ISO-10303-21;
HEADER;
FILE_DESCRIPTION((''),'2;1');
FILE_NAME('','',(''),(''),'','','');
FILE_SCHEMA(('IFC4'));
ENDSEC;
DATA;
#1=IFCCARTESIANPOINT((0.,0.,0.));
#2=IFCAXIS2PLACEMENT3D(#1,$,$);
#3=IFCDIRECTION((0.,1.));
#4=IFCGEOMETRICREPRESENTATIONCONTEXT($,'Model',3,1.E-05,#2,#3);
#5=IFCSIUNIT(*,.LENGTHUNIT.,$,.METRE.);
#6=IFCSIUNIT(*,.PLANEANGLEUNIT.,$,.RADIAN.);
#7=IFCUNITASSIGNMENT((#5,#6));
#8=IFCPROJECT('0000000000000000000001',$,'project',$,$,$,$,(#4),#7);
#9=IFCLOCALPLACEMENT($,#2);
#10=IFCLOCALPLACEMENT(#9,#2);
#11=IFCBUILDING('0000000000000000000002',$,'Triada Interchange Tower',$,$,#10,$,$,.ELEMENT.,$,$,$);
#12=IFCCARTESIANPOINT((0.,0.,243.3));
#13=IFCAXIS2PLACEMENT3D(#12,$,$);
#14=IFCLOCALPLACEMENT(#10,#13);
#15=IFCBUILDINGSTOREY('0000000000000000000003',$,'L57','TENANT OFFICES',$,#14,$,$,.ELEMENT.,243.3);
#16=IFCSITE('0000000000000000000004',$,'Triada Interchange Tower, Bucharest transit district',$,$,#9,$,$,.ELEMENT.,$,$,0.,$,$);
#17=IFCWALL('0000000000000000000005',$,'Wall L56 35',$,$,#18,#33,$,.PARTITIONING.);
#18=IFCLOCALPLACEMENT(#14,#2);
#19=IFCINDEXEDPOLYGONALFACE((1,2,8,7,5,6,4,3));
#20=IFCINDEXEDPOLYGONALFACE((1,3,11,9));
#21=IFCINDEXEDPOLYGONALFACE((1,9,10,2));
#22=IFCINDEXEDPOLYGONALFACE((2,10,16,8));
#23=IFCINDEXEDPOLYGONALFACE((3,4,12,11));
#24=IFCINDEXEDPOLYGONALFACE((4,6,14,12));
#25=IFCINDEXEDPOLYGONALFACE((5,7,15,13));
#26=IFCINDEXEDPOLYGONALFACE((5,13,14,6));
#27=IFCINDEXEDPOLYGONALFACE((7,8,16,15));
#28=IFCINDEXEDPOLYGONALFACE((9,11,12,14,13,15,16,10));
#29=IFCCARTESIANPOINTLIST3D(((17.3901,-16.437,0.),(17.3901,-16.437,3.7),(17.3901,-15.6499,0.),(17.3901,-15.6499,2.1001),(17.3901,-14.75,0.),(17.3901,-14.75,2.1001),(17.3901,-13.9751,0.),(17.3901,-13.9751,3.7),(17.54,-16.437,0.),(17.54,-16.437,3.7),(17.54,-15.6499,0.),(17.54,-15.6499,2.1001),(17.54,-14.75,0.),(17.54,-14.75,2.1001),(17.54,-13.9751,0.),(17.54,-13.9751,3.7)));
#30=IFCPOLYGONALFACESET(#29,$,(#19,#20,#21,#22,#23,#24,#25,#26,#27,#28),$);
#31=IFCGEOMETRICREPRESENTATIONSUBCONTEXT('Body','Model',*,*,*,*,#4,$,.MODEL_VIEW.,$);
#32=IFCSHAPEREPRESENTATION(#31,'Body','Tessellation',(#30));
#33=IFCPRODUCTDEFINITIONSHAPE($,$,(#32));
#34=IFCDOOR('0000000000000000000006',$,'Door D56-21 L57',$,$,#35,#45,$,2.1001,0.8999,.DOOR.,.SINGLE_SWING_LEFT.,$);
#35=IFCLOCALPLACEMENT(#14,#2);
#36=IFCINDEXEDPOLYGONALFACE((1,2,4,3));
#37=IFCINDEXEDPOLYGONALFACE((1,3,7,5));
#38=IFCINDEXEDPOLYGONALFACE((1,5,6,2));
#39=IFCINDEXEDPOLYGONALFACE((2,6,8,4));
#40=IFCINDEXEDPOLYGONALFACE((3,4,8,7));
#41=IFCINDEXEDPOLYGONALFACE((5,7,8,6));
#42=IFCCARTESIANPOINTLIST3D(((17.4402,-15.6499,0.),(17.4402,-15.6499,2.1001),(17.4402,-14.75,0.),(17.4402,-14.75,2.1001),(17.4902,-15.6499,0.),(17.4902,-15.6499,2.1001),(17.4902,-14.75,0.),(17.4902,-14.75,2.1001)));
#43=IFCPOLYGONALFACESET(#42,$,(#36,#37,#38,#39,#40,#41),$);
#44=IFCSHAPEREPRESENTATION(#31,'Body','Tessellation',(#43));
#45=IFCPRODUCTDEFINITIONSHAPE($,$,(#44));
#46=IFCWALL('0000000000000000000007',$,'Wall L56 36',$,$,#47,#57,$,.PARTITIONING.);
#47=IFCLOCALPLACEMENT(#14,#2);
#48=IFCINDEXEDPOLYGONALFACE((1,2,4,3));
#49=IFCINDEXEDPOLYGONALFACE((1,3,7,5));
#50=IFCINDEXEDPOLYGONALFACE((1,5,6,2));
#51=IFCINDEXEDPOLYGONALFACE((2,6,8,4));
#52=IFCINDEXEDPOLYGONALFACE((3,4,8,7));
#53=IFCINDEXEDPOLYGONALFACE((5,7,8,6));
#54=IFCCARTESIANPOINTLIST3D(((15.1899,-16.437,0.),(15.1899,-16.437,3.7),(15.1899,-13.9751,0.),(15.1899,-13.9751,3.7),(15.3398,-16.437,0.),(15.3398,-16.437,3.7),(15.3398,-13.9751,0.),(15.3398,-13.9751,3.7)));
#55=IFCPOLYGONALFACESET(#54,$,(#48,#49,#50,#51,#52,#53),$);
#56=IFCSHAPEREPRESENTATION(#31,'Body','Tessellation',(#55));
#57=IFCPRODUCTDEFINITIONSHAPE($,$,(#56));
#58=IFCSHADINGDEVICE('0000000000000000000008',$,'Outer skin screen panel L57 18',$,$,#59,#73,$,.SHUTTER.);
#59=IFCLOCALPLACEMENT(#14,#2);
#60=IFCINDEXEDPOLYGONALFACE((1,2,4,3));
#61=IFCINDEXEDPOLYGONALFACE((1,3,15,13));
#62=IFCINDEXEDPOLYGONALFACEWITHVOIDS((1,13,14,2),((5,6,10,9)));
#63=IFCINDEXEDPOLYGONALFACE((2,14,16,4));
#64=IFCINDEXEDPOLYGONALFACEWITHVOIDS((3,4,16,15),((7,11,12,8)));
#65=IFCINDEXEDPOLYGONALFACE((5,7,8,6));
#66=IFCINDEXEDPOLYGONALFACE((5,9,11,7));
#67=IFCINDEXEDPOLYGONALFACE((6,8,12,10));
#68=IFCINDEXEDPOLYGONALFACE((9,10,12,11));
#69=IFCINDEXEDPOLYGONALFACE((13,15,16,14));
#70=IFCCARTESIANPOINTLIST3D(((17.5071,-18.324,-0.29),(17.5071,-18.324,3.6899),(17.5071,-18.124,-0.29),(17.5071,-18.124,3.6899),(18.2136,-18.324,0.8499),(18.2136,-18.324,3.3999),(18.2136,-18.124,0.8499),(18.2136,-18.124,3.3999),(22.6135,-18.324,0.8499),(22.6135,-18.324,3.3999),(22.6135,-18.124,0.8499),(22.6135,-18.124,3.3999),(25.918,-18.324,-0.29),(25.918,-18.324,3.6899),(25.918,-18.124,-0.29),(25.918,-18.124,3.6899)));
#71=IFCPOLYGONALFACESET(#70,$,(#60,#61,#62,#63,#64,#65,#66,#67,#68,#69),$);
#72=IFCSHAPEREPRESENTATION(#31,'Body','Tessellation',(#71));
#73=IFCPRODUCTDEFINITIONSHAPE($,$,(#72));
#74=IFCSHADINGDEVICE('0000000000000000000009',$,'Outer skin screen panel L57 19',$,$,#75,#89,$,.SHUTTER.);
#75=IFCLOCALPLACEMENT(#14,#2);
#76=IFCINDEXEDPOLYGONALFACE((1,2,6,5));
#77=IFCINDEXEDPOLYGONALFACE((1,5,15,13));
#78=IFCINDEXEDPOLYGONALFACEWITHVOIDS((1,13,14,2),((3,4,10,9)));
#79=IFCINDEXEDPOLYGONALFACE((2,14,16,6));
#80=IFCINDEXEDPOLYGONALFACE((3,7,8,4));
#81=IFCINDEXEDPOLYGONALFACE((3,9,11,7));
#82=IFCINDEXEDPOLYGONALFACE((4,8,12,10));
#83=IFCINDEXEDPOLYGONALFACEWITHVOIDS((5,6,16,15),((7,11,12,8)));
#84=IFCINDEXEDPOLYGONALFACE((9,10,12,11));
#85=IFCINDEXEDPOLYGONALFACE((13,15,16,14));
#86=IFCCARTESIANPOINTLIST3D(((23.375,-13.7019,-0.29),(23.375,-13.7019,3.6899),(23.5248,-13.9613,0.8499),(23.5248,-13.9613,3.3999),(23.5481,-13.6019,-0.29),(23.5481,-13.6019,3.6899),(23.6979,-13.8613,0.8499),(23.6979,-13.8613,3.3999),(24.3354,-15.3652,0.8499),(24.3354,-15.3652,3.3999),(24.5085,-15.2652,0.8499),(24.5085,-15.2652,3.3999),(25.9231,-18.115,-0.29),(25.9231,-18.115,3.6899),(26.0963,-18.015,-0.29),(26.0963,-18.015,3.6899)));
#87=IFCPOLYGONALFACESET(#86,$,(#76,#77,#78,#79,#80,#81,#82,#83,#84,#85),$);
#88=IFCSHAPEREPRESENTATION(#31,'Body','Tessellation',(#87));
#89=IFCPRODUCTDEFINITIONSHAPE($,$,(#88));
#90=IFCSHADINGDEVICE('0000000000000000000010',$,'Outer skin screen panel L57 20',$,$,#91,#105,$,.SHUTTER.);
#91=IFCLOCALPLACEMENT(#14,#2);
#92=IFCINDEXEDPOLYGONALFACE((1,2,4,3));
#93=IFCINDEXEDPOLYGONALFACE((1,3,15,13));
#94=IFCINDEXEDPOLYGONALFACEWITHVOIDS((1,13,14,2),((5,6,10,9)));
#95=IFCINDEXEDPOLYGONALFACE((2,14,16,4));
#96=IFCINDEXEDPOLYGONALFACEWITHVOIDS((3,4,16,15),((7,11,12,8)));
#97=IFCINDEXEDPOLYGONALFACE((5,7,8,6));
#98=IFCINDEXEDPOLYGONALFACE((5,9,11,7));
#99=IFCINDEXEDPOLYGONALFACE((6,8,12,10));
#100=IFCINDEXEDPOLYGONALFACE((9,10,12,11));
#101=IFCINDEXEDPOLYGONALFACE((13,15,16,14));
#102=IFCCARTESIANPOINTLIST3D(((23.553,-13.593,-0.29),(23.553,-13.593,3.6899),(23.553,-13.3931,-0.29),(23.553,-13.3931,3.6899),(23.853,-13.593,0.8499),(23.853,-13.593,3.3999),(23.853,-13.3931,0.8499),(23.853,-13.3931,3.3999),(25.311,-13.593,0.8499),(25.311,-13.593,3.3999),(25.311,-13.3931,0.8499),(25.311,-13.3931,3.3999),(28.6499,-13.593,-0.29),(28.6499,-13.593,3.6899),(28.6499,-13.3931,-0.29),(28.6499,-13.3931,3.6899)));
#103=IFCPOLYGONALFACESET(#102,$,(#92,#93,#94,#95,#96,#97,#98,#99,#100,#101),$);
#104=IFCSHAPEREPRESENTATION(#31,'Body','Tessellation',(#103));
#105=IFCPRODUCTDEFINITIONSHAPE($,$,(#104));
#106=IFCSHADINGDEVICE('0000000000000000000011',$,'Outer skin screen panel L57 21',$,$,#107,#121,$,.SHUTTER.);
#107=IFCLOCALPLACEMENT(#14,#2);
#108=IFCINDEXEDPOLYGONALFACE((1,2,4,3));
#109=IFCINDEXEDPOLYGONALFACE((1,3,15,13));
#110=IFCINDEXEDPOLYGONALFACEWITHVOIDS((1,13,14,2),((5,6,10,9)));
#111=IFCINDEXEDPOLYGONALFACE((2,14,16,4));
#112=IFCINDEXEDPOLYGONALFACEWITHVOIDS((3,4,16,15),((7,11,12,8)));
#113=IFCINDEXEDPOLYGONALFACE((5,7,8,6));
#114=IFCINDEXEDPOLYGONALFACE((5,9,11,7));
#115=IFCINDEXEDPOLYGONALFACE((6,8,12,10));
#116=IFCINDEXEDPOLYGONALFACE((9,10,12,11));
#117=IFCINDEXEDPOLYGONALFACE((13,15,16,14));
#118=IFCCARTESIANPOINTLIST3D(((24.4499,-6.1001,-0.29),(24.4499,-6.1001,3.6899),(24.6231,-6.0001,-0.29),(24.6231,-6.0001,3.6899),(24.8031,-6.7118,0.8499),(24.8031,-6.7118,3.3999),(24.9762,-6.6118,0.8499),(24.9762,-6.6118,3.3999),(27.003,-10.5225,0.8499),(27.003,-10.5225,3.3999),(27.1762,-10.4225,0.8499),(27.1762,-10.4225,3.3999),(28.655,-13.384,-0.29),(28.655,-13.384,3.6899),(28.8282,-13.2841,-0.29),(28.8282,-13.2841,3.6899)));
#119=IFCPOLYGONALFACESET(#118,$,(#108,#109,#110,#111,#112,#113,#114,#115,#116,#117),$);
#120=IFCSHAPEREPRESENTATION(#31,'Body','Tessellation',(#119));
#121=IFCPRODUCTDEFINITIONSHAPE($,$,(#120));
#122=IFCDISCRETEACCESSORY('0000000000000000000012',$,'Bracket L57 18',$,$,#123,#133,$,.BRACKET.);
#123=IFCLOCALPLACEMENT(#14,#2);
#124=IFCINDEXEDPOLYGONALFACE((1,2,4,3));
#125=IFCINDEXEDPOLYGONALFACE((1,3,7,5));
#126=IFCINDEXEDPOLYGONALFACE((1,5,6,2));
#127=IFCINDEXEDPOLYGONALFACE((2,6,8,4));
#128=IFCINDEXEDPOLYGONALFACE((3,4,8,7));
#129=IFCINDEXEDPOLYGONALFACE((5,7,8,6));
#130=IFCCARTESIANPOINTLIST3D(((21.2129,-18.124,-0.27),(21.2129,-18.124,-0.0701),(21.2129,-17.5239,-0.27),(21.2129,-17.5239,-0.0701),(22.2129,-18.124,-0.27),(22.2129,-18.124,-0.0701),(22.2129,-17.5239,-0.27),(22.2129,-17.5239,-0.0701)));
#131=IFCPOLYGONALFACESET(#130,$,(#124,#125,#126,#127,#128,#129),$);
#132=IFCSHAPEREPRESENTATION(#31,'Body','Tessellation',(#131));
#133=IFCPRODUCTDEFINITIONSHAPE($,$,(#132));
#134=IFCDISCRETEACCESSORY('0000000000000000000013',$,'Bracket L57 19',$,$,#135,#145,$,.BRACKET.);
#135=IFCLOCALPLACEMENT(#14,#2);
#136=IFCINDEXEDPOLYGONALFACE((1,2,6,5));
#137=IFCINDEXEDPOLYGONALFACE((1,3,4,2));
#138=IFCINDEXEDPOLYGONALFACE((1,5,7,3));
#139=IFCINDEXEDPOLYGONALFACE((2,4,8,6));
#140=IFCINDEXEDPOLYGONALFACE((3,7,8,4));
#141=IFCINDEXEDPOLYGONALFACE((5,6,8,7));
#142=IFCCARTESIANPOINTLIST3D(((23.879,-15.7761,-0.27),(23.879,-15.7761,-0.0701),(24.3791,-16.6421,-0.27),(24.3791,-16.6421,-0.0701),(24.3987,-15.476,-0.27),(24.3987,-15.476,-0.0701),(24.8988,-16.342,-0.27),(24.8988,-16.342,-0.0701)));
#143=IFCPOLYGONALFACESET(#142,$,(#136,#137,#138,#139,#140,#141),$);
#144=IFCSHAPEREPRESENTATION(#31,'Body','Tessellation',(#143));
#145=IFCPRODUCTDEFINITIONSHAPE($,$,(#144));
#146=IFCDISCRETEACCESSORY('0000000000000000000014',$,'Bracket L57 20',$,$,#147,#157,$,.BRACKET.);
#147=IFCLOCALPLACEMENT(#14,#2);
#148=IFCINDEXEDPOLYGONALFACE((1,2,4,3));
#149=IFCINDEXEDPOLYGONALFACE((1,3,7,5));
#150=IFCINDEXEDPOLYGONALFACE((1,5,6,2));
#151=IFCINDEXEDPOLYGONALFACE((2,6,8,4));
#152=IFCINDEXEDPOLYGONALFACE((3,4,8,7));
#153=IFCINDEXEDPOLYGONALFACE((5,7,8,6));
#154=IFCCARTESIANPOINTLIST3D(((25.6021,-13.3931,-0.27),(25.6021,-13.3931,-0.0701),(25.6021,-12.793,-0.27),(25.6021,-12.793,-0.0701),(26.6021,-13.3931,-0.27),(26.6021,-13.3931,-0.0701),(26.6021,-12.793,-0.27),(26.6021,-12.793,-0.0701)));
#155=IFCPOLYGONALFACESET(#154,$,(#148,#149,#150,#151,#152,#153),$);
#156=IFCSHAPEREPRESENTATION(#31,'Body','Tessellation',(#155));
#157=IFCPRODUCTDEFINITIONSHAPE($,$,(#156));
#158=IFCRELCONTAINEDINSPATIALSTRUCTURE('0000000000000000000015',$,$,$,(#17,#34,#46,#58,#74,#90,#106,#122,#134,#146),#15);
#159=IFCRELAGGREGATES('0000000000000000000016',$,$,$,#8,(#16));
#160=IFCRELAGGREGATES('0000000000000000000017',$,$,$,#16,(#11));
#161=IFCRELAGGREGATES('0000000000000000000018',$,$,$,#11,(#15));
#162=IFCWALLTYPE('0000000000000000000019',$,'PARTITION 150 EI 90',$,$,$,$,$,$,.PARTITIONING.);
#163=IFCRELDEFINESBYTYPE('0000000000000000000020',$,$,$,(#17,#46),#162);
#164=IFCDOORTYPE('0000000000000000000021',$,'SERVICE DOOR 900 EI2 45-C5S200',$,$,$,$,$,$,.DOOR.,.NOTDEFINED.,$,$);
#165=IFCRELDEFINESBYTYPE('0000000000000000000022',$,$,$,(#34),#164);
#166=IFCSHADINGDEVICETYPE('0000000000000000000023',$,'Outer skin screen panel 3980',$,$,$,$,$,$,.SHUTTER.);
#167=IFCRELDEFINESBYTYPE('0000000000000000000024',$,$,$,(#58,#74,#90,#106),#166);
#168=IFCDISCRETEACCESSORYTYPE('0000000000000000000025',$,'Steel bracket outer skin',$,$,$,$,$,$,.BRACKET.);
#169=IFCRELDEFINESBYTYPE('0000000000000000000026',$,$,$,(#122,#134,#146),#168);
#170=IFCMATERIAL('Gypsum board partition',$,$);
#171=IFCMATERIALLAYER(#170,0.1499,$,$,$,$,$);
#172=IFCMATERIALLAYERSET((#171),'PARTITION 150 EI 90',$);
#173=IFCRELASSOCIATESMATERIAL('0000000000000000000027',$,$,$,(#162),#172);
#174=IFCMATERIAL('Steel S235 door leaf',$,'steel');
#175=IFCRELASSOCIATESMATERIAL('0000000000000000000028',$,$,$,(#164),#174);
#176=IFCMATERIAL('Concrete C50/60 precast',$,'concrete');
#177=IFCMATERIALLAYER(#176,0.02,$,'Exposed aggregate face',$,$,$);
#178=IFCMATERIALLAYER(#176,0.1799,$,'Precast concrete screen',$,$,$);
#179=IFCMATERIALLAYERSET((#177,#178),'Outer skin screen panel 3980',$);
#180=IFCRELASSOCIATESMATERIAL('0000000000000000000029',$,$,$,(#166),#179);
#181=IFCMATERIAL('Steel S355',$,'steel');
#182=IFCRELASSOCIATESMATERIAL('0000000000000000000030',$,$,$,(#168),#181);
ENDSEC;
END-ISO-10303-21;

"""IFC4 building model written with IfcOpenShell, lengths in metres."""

from ifc_helpers import new_model, si_unit, direction, frame, frame_2d, origin, origin_2d, place, context, subcontext, project, spatial, polyline, rectangle, outline, extrude, material, layer, layer_set, type_object, element, fill, save


model = new_model("IFC4")

# Units and contexts
model_context = context("Model", 3, precision=1e-05, world=origin(), true_north=direction((0.0, 1.0)))
body_context = subcontext(model_context, "Body", "Model", "MODEL_VIEW")
ifc_project = project(units=[si_unit("LENGTHUNIT", "METRE"), si_unit("PLANEANGLEUNIT", "RADIAN")], contexts=[model_context])

# Site, building, storey
site_placement = place(None, origin())
site = spatial("IfcSite", under=ifc_project, at=site_placement, Name="Triada Interchange Tower, Bucharest transit district", CompositionType="ELEMENT", RefElevation=0.0)
building_placement = place(site_placement, origin())
building = spatial("IfcBuilding", under=site, at=building_placement, Name="Triada Interchange Tower", CompositionType="ELEMENT")
storey_placement = place(building_placement, frame((0.0, 0.0, 243.3)))
storey = spatial("IfcBuildingStorey", under=building, at=storey_placement, Name="L57", Description="TENANT OFFICES", CompositionType="ELEMENT", Elevation=243.3)

# Wall, opening, door
ifc_material_1 = material(Name="Gypsum board partition")
ifc_layer_1 = layer(ifc_material_1, 0.1499)
ifc_layer_set_1 = layer_set([ifc_layer_1], Name="PARTITION 150 EI 90")
wall_type_1 = type_object("IfcWallType", Name="PARTITION 150 EI 90", PredefinedType="PARTITIONING", material=ifc_layer_set_1)
wall_1_placement = place(storey_placement, frame((17.4651, -16.437, 0.0), z_axis=(0.0, 0.0, 1.0), x_axis=(0.0, 1.0, 0.0)))
wall_1 = element("IfcWall", 1, at=wall_1_placement, inside=storey, type_object=wall_type_1, Name="Wall L56 35", PredefinedType="PARTITIONING", context=body_context, shape_type="SweptSolid", body=[
    extrude(rectangle(XDim=2.4619, YDim=0.1499, at=frame_2d((1.231, 0.0))), origin(), (0.0, 0.0, 1.0), 3.7),
])
opening_1_placement = place(wall_1_placement, frame((0.7871, 0.0, 0.0)))
opening_1 = element("IfcOpeningElement", 2, at=opening_1_placement, cuts=wall_1, PredefinedType="OPENING", context=body_context, shape_type="SweptSolid", body=[
    extrude(rectangle(XDim=0.8999, YDim=2.1001, at=frame_2d((0.45, 1.05))), frame((0.0, 0.085, 0.0), z_axis=(0.0, -1.0, 0.0), x_axis=(1.0, 0.0, 0.0)), (0.0, 0.0, 1.0), 0.1699),
])
ifc_material_2 = material(Name="Steel S235 door leaf", Category="steel")
door_type = type_object("IfcDoorType", Name="SERVICE DOOR 900 EI2 45-C5S200", OperationType="NOTDEFINED", PredefinedType="DOOR", material=ifc_material_2)
door_placement = place(opening_1_placement, origin())
door = element("IfcDoor", 3, at=door_placement, inside=storey, type_object=door_type, Name="Door D56-21 L57", OperationType="SINGLE_SWING_LEFT", OverallHeight=2.1001, OverallWidth=0.8999, PredefinedType="DOOR", context=body_context, shape_type="SweptSolid", body=[
    extrude(rectangle(XDim=0.8999, YDim=2.1001, at=frame_2d((0.45, 1.05))), frame((0.0, 0.0249, 0.0), z_axis=(0.0, -1.0, 0.0), x_axis=(1.0, 0.0, 0.0)), (0.0, 0.0, 1.0), 0.05),
])
fill(opening_1, door)

# Wall
wall_2_placement = place(storey_placement, frame((15.2649, -16.437, 0.0), z_axis=(0.0, 0.0, 1.0), x_axis=(0.0, 1.0, 0.0)))
element("IfcWall", 4, at=wall_2_placement, inside=storey, type_object=wall_type_1, Name="Wall L56 36", PredefinedType="PARTITIONING", context=body_context, shape_type="SweptSolid", body=[
    extrude(rectangle(XDim=2.4619, YDim=0.1499, at=frame_2d((1.231, 0.0))), origin(), (0.0, 0.0, 1.0), 3.7),
])

# Shading devices
ifc_material_3 = material(Name="Concrete C50/60 precast", Category="concrete")
ifc_layer_2 = layer(ifc_material_3, 0.02, Name="Exposed aggregate face")
ifc_layer_3 = layer(ifc_material_3, 0.1799, Name="Precast concrete screen")
ifc_layer_set_2 = layer_set([ifc_layer_2, ifc_layer_3], Name="Outer skin screen panel 3980")
shading_device_type = type_object("IfcShadingDeviceType", Name="Outer skin screen panel 3980", PredefinedType="SHUTTER", material=ifc_layer_set_2)
shading_device_1_placement = place(storey_placement, frame((17.5071, -18.124, -0.29), z_axis=(0.0, 0.0, 1.0), x_axis=(1.0, 0.0, 0.0)))
element("IfcShadingDevice", 5, at=shading_device_1_placement, inside=storey, type_object=shading_device_type, Name="Outer skin screen panel L57 18", PredefinedType="SHUTTER", context=body_context, shape_type="SweptSolid", body=[
    extrude(outline(polyline([(0.0, 0.0), (8.4109, 0.0), (8.4109, 3.98), (0.0, 3.98), (0.0, 0.0)]), holes=[polyline([(0.7065, 1.1399), (0.7065, 3.6899), (5.1064, 3.6899), (5.1064, 1.1399), (0.7065, 1.1399)])]), frame((0.0, 0.0, 0.0), z_axis=(0.0, -1.0, 0.0), x_axis=(1.0, 0.0, 0.0)), (0.0, 0.0, 1.0), 0.2),
])
shading_device_2_placement = place(storey_placement, frame((25.9231, -18.115, -0.29), z_axis=(0.0, 0.0, 1.0), x_axis=(-0.500029, 0.866008, 0.0)))
element("IfcShadingDevice", 6, at=shading_device_2_placement, inside=storey, type_object=shading_device_type, Name="Outer skin screen panel L57 19", PredefinedType="SHUTTER", context=body_context, shape_type="SweptSolid", body=[
    extrude(outline(polyline([(0.0, 0.0), (5.0959, 0.0), (5.0959, 3.98), (0.0, 3.98), (0.0, 0.0)]), holes=[polyline([(3.1753, 1.1399), (3.1753, 3.6899), (4.7964, 3.6899), (4.7964, 1.1399), (3.1753, 1.1399)])]), frame((0.0, 0.0, 0.0), z_axis=(0.0, -1.0, 0.0), x_axis=(1.0, 0.0, 0.0)), (0.0, 0.0, 1.0), 0.2),
])
shading_device_3_placement = place(storey_placement, frame((23.553, -13.3931, -0.29), z_axis=(0.0, 0.0, 1.0), x_axis=(1.0, 0.0, 0.0)))
element("IfcShadingDevice", 7, at=shading_device_3_placement, inside=storey, type_object=shading_device_type, Name="Outer skin screen panel L57 20", PredefinedType="SHUTTER", context=body_context, shape_type="SweptSolid", body=[
    extrude(outline(polyline([(0.0, 0.0), (5.0969, 0.0), (5.0969, 3.98), (0.0, 3.98), (0.0, 0.0)]), holes=[polyline([(0.3, 1.1399), (0.3, 3.6899), (1.7581, 3.6899), (1.7581, 1.1399), (0.3, 1.1399)])]), frame((0.0, 0.0, 0.0), z_axis=(0.0, -1.0, 0.0), x_axis=(1.0, 0.0, 0.0)), (0.0, 0.0, 1.0), 0.2),
])
shading_device_4_placement = place(storey_placement, frame((28.655, -13.384, -0.29), z_axis=(0.0, 0.0, 1.0), x_axis=(-0.499973, 0.866041, 0.0)))
element("IfcShadingDevice", 8, at=shading_device_4_placement, inside=storey, type_object=shading_device_type, Name="Outer skin screen panel L57 21", PredefinedType="SHUTTER", context=body_context, shape_type="SweptSolid", body=[
    extrude(outline(polyline([(0.0, 0.0), (8.4106, 0.0), (8.4106, 3.98), (0.0, 3.98), (0.0, 0.0)]), holes=[polyline([(3.3042, 1.1399), (3.3042, 3.6899), (7.7043, 3.6899), (7.7043, 1.1399), (3.3042, 1.1399)])]), frame((0.0, 0.0, 0.0), z_axis=(0.0, -1.0, 0.0), x_axis=(1.0, 0.0, 0.0)), (0.0, 0.0, 1.0), 0.2),
])

# Discrete accessories
ifc_material_4 = material(Name="Steel S355", Category="steel")
discrete_accessory_type = type_object("IfcDiscreteAccessoryType", Name="Steel bracket outer skin", PredefinedType="BRACKET", material=ifc_material_4)
for number, where, z_axis, x_axis, name in (
    (9, (21.7129, -17.824, -0.27), (0.0, 0.0, 1.0), (0.0, -1.0, 0.0), "Bracket L57 18"),
    (10, (24.3889, -16.0591, -0.27), (0.0, 0.0, 1.0), (0.865981, 0.500076, 0.0), "Bracket L57 19"),
    (11, (26.1021, -13.093, -0.27), (0.0, 0.0, 1.0), (0.0, -1.0, 0.0), "Bracket L57 20"),
):
    element("IfcDiscreteAccessory", number, at=place(storey_placement, frame(where, z_axis=z_axis, x_axis=x_axis)), inside=storey, type_object=discrete_accessory_type, Name=name, PredefinedType="BRACKET", context=body_context, shape_type="SweptSolid", body=[
        extrude(rectangle(XDim=0.6001, YDim=1.0, at=origin_2d()), origin(), (0.0, 0.0, 1.0), 0.2),
    ])

save(model, "model.ifc")
